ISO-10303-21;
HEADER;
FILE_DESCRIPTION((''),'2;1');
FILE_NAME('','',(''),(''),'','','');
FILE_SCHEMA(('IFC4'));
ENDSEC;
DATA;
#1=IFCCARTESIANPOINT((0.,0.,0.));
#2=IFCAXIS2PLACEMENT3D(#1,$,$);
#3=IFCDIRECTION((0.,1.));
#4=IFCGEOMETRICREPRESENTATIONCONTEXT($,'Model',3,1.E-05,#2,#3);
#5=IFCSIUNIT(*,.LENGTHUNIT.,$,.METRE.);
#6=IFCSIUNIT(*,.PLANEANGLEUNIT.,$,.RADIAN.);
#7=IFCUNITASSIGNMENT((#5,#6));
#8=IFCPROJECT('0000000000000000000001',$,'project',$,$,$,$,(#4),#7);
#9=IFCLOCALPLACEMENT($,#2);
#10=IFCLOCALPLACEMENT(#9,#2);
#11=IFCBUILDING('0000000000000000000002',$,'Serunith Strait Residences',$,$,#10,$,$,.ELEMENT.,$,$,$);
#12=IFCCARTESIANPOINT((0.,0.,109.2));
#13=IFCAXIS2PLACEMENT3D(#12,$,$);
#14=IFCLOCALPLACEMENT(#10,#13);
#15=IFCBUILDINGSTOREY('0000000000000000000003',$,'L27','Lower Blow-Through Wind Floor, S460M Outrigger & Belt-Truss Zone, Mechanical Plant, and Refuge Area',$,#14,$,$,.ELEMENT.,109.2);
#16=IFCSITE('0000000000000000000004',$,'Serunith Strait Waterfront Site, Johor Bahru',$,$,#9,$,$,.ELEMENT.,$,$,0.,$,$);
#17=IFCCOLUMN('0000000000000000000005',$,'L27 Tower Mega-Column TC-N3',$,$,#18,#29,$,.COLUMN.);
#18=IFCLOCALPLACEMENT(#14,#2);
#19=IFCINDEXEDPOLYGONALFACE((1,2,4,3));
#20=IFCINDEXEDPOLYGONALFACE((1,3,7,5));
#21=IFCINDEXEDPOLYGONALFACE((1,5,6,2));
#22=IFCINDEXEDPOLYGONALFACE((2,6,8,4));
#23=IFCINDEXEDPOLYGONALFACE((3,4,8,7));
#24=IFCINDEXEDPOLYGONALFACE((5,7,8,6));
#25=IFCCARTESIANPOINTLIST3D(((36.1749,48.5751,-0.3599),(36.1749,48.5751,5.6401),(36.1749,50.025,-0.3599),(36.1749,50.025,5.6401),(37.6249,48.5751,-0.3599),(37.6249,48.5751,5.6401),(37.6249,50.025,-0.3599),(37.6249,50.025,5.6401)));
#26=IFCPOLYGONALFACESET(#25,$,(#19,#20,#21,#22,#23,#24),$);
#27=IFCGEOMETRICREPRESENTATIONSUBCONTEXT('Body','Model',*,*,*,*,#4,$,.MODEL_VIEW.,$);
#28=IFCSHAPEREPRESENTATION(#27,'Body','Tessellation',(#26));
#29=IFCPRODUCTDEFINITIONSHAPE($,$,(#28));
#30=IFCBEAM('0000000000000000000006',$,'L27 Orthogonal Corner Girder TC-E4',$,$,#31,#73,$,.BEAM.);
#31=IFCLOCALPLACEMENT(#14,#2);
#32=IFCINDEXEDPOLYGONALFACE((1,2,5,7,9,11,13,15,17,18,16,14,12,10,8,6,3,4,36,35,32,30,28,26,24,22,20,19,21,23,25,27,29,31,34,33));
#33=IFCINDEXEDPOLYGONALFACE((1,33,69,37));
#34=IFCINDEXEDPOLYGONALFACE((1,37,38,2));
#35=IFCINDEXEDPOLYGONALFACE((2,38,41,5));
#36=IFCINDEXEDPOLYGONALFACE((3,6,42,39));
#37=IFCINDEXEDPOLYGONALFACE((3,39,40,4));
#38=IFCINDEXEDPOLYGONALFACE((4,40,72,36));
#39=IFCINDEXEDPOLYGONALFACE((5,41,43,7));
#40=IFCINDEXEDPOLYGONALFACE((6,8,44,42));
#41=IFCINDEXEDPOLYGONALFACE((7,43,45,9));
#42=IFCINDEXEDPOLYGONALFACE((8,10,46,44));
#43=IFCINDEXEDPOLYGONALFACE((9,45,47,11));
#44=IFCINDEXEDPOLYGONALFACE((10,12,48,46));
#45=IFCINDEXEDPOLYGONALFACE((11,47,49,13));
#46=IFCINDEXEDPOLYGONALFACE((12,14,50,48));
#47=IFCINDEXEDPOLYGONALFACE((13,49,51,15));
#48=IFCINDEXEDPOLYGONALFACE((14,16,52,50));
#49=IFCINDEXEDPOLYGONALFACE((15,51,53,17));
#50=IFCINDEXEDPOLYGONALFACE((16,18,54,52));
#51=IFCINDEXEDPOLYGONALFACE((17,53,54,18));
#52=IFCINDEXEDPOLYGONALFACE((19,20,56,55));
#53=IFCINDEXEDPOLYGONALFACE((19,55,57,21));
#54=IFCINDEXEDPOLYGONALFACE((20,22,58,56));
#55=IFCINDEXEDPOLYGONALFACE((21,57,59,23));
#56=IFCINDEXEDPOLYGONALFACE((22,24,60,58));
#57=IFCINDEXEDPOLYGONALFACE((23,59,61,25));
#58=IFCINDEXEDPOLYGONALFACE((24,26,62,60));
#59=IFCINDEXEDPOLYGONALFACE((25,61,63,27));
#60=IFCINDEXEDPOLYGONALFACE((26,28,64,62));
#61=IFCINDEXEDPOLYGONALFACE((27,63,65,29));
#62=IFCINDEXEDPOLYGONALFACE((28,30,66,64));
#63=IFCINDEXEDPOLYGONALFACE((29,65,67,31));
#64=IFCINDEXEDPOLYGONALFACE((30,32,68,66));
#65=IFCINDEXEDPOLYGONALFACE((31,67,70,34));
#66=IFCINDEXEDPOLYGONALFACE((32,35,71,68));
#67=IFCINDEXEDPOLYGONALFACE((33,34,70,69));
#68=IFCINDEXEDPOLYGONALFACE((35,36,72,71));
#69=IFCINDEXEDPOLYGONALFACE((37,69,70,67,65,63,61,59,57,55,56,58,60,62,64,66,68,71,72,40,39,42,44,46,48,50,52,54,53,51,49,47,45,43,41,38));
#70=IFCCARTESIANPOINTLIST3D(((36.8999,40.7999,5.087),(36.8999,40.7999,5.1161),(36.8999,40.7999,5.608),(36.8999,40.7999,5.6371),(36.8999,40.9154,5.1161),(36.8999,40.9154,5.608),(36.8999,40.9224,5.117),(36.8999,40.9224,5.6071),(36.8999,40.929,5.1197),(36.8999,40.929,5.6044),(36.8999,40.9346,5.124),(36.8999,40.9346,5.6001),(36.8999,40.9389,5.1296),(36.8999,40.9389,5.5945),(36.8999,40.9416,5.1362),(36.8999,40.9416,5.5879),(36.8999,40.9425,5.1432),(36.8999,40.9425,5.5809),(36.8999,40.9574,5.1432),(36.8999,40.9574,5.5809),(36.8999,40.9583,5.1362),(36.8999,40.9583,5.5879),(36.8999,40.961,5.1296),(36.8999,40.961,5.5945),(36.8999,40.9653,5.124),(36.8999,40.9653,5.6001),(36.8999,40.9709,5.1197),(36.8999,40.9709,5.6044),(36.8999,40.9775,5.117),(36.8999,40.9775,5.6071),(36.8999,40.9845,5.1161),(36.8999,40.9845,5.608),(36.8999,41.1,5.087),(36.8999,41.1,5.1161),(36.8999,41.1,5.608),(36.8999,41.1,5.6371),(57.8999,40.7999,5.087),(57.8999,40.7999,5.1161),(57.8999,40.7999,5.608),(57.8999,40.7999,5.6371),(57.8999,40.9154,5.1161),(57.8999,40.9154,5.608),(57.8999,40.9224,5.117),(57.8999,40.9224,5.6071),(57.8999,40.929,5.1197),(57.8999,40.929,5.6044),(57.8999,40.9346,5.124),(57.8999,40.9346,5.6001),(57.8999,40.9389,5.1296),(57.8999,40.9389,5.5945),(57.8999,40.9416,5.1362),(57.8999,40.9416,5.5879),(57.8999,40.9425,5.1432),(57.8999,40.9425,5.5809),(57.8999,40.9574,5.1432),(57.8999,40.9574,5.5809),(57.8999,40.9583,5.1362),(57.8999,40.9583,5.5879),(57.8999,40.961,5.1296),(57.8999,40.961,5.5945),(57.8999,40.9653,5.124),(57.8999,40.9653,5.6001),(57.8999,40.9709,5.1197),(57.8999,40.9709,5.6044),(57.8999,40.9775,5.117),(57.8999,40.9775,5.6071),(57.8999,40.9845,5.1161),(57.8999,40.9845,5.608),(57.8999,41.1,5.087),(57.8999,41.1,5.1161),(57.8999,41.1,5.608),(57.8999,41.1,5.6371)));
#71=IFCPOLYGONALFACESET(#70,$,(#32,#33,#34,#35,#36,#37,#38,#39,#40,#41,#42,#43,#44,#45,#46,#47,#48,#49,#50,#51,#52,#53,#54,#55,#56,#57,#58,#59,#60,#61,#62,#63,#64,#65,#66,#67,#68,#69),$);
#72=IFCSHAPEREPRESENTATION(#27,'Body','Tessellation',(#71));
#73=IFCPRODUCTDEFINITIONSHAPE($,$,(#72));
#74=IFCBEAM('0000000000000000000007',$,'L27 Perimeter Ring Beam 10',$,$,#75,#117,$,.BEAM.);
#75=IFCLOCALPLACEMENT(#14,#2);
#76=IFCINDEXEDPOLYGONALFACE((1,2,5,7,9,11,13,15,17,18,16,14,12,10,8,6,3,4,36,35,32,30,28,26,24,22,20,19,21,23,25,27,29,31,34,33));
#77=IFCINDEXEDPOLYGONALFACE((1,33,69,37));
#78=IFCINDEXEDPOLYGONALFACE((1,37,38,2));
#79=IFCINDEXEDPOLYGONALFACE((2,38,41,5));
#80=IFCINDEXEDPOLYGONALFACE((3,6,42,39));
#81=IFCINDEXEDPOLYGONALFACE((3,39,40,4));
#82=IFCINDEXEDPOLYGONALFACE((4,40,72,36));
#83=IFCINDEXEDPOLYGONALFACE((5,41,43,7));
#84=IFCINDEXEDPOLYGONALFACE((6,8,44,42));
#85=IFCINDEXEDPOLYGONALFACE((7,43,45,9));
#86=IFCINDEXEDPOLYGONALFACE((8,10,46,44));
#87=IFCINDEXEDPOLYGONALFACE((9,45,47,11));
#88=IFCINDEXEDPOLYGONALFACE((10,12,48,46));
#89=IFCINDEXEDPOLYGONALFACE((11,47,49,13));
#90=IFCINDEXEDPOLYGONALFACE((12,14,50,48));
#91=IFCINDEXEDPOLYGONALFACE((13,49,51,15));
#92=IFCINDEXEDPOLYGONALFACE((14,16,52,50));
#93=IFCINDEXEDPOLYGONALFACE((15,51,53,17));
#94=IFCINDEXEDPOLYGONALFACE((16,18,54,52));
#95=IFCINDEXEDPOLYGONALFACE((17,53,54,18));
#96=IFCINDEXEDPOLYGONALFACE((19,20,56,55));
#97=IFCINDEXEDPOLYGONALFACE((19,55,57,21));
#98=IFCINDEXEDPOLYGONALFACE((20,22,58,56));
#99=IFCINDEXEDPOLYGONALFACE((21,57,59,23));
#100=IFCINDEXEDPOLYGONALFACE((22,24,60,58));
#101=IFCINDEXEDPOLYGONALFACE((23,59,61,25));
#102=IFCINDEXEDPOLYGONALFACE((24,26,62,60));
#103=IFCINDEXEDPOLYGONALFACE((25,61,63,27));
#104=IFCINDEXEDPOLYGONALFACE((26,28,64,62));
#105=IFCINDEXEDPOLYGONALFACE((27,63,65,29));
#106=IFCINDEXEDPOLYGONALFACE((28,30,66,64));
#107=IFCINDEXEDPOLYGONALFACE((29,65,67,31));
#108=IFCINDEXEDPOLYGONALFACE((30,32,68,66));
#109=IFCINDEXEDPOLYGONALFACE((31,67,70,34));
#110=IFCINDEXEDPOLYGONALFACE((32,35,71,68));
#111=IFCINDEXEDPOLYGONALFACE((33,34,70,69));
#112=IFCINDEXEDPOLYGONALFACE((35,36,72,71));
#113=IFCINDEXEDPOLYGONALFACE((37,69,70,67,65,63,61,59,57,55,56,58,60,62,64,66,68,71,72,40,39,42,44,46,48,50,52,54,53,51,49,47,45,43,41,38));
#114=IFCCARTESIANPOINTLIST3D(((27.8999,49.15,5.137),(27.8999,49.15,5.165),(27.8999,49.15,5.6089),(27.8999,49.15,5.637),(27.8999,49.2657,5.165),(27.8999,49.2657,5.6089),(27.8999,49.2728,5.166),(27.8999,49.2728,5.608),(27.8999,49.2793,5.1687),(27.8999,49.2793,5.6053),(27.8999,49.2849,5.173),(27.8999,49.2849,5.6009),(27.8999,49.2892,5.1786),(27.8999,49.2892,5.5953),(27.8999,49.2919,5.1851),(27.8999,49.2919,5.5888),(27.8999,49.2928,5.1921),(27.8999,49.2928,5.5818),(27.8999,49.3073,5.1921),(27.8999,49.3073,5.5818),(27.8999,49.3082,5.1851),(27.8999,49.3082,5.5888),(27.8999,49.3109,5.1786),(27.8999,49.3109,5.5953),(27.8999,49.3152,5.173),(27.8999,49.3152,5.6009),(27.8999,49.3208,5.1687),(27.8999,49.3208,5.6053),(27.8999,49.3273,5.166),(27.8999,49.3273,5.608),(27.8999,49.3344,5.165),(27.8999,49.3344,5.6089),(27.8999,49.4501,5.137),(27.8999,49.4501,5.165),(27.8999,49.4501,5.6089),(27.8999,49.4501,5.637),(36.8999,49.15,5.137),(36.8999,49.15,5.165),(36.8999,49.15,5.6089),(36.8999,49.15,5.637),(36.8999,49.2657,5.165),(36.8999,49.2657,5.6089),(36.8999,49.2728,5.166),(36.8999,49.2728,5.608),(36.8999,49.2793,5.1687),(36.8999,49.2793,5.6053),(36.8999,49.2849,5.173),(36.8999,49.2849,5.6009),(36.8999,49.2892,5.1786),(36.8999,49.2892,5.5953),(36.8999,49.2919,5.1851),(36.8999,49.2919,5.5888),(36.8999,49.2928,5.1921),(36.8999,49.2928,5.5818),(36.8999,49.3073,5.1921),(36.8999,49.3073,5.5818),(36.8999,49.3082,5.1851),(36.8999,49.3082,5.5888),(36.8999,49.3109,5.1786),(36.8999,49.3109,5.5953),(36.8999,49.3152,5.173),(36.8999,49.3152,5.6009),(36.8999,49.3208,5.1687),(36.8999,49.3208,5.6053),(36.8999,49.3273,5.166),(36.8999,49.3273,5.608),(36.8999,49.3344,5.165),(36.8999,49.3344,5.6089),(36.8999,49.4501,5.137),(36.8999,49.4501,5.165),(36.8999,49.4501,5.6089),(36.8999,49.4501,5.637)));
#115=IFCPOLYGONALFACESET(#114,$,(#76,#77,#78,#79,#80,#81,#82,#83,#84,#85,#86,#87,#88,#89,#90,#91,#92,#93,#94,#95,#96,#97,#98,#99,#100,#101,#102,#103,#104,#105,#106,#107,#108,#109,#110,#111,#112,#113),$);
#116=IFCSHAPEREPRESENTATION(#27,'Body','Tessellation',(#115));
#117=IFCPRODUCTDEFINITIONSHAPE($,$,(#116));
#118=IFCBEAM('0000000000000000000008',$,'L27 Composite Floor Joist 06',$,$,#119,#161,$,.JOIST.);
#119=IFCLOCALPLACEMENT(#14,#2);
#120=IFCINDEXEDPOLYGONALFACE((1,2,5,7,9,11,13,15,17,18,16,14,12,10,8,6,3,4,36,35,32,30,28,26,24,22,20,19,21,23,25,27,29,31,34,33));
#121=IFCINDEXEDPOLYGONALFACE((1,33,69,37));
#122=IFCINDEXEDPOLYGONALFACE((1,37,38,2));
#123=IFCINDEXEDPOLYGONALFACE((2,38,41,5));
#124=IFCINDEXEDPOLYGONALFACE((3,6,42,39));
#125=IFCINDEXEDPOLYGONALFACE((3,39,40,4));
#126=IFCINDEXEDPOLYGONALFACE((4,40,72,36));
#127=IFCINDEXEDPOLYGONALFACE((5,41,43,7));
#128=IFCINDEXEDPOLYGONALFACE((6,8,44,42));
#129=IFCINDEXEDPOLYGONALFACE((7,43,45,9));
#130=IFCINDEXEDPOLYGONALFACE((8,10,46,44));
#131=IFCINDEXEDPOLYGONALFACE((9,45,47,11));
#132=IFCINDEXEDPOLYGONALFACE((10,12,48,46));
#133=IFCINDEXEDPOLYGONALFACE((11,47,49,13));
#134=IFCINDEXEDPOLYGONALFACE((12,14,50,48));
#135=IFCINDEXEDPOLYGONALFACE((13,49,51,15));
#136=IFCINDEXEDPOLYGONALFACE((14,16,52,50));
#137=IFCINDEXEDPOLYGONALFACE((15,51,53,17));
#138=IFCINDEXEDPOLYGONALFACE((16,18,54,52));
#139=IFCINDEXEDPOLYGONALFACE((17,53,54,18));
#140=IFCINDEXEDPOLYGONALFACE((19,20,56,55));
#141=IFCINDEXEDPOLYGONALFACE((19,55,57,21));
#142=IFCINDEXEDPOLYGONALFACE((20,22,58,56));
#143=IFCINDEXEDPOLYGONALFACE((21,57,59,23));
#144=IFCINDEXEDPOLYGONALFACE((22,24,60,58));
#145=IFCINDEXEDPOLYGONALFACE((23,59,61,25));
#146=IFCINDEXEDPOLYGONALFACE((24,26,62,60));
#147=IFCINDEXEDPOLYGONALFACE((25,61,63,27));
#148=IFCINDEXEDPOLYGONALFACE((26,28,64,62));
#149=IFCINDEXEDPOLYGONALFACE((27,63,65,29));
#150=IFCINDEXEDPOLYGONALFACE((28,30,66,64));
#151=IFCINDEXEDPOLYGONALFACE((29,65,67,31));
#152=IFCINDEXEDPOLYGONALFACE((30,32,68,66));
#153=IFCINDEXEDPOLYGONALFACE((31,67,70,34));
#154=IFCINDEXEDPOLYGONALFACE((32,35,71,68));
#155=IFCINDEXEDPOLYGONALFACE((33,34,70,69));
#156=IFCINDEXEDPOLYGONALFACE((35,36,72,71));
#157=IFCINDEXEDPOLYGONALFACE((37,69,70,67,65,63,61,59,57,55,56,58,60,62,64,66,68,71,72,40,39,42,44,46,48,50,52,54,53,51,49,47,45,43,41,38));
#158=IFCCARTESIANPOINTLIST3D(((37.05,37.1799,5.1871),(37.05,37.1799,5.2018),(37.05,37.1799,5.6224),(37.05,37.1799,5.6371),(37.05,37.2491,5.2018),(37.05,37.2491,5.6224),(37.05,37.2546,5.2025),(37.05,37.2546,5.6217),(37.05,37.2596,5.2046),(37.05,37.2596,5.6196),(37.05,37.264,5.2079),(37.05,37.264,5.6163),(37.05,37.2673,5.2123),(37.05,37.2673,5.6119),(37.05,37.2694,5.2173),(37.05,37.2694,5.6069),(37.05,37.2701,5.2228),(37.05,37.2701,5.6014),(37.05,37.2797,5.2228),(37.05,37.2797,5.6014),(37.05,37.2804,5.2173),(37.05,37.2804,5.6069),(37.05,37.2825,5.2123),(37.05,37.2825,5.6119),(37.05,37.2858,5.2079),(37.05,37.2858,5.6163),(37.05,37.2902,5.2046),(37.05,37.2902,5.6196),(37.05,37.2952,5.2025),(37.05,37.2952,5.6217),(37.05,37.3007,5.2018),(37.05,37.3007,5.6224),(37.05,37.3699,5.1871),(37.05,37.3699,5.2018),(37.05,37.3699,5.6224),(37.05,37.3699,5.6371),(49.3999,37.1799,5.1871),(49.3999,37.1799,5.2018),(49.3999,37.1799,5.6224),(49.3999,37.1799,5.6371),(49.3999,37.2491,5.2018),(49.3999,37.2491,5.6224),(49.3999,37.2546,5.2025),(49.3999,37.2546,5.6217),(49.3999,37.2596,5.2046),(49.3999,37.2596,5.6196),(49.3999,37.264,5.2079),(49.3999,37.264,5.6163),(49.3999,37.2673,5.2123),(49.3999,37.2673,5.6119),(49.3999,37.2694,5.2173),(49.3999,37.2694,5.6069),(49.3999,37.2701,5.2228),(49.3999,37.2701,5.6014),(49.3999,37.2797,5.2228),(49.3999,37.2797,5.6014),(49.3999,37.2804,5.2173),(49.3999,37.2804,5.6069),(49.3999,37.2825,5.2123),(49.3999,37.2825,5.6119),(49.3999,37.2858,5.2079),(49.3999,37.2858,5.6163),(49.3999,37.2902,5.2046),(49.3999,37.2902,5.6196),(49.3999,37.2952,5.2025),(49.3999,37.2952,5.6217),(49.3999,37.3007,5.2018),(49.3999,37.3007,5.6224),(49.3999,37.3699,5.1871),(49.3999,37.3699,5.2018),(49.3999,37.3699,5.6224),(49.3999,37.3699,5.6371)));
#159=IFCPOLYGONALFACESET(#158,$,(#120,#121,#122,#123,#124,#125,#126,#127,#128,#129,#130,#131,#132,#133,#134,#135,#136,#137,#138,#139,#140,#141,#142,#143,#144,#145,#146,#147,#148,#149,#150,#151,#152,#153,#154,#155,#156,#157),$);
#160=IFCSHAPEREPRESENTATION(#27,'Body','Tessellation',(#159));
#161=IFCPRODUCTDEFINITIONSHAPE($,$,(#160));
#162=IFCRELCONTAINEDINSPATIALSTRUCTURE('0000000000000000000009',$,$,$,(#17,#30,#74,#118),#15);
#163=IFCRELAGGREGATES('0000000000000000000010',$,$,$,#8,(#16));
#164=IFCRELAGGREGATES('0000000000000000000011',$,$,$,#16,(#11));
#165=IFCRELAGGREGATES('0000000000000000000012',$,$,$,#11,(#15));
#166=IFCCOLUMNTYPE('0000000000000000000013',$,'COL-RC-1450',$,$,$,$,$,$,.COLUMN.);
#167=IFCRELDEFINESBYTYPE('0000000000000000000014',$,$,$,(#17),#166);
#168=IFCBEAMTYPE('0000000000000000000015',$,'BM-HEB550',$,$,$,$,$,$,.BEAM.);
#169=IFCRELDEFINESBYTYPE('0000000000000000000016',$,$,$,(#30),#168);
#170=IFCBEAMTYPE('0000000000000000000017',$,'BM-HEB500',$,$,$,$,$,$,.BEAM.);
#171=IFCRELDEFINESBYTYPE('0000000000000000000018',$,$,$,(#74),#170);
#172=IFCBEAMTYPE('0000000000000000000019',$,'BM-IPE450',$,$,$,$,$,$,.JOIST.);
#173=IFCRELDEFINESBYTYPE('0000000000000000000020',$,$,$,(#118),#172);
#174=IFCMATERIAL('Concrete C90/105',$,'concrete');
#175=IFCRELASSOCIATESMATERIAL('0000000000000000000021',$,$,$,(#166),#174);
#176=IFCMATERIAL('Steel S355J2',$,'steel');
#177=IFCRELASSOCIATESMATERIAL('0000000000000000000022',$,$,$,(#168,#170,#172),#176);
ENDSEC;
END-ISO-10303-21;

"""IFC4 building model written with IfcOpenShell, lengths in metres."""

from ifc_helpers import new_model, si_unit, direction, frame, origin, origin_2d, place, context, subcontext, project, spatial, rectangle, i_section, extrude, source, transform, mapped, material, material_profile, profile_set, type_object, element, save


model = new_model("IFC4")

# Units and contexts
model_context = context("Model", 3, precision=1e-05, world=origin(), true_north=direction((0.0, 1.0)))
body_context = subcontext(model_context, "Body", "Model", "MODEL_VIEW")
ifc_project = project(units=[si_unit("LENGTHUNIT", "METRE"), si_unit("PLANEANGLEUNIT", "RADIAN")], contexts=[model_context])

# Site, building, storey
site_placement = place(None, origin())
site = spatial("IfcSite", under=ifc_project, at=site_placement, Name="Serunith Strait Waterfront Site, Johor Bahru", CompositionType="ELEMENT", RefElevation=0.0)
building_placement = place(site_placement, origin())
building = spatial("IfcBuilding", under=site, at=building_placement, Name="Serunith Strait Residences", CompositionType="ELEMENT")
storey_placement = place(building_placement, frame((0.0, 0.0, 109.2)))
storey = spatial("IfcBuildingStorey", under=building, at=storey_placement, Name="L27", Description="Lower Blow-Through Wind Floor, S460M Outrigger & Belt-Truss Zone, Mechanical Plant, and Refuge Area", CompositionType="ELEMENT", Elevation=109.2)

# Column
ifc_material_1 = material(Name="Concrete C90/105", Category="concrete")
ifc_material_profile_1 = material_profile(ifc_material_1, rectangle(XDim=1.45, YDim=1.45, at=origin_2d()), Name="RC 1450x1450")
ifc_profile_set_1 = profile_set([ifc_material_profile_1], Name="Concrete C90/105")
column_type = type_object("IfcColumnType", Name="COL-RC-1450", PredefinedType="COLUMN", material=ifc_profile_set_1)
shared_shape_1 = source(origin(), body_context, "Body", "SweptSolid", [
    extrude(rectangle(XDim=1.45, YDim=1.45, at=origin_2d()), origin(), (0.0, 0.0, 1.0), 6.0),
])
column_placement = place(storey_placement, frame((36.8999, 49.3, -0.3599), z_axis=(0.0, 0.0, 1.0), x_axis=(1.0, 0.0, 0.0)))
element("IfcColumn", 1, at=column_placement, inside=storey, type_object=column_type, Name="L27 Tower Mega-Column TC-N3", PredefinedType="COLUMN", context=body_context, shape_type="MappedRepresentation", body=[
    mapped(shared_shape_1, transform((0.0, 0.0, 0.0), scale=1.0)),
])

# Beams
ifc_material_2 = material(Name="Steel S355J2", Category="steel")
ifc_material_profile_2 = material_profile(ifc_material_2, i_section(OverallWidth=0.3, OverallDepth=0.55, WebThickness=0.0149, FlangeThickness=0.0291, FilletRadius=0.0271, at=origin_2d()), Name="HEB 550")
ifc_profile_set_2 = profile_set([ifc_material_profile_2], Name="Steel S355J2")
beam_type_1 = type_object("IfcBeamType", Name="BM-HEB550", PredefinedType="BEAM", material=ifc_profile_set_2)
shared_shape_2 = source(origin(), body_context, "Body", "SweptSolid", [
    extrude(i_section(OverallWidth=0.3, OverallDepth=0.55, WebThickness=0.0149, FlangeThickness=0.0291, FilletRadius=0.0271, at=origin_2d()), origin(), (0.0, 0.0, 1.0), 21.0),
])
beam_1_placement = place(storey_placement, frame((36.8999, 40.95, 5.3621), z_axis=(1.0, 0.0, 0.0), x_axis=(0.0, 1.0, 0.0)))
element("IfcBeam", 2, at=beam_1_placement, inside=storey, type_object=beam_type_1, Name="L27 Orthogonal Corner Girder TC-E4", PredefinedType="BEAM", context=body_context, shape_type="MappedRepresentation", body=[
    mapped(shared_shape_2, transform((0.0, 0.0, 0.0), scale=1.0)),
])
ifc_material_profile_3 = material_profile(ifc_material_2, i_section(OverallWidth=0.3, OverallDepth=0.5, WebThickness=0.0144, FlangeThickness=0.0281, FilletRadius=0.0271, at=origin_2d()), Name="HEB 500")
ifc_profile_set_3 = profile_set([ifc_material_profile_3], Name="Steel S355J2")
beam_type_2 = type_object("IfcBeamType", Name="BM-HEB500", PredefinedType="BEAM", material=ifc_profile_set_3)
shared_shape_3 = source(origin(), body_context, "Body", "SweptSolid", [
    extrude(i_section(OverallWidth=0.3, OverallDepth=0.5, WebThickness=0.0144, FlangeThickness=0.0281, FilletRadius=0.0271, at=origin_2d()), origin(), (0.0, 0.0, 1.0), 9.0),
])
beam_2_placement = place(storey_placement, frame((36.8999, 49.3, 5.387), z_axis=(-1.0, 0.0, 0.0), x_axis=(0.0, -1.0, 0.0)))
element("IfcBeam", 3, at=beam_2_placement, inside=storey, type_object=beam_type_2, Name="L27 Perimeter Ring Beam 10", PredefinedType="BEAM", context=body_context, shape_type="MappedRepresentation", body=[
    mapped(shared_shape_3, transform((0.0, 0.0, 0.0), scale=1.0)),
])
ifc_material_profile_4 = material_profile(ifc_material_2, i_section(OverallWidth=0.1899, OverallDepth=0.45, WebThickness=0.0095, FlangeThickness=0.0146, FilletRadius=0.021, at=origin_2d()), Name="IPE 450")
ifc_profile_set_4 = profile_set([ifc_material_profile_4], Name="Steel S355J2")
beam_type_3 = type_object("IfcBeamType", Name="BM-IPE450", PredefinedType="JOIST", material=ifc_profile_set_4)
shared_shape_4 = source(origin(), body_context, "Body", "SweptSolid", [
    extrude(i_section(OverallWidth=0.1899, OverallDepth=0.45, WebThickness=0.0095, FlangeThickness=0.0146, FilletRadius=0.021, at=origin_2d()), origin(), (0.0, 0.0, 1.0), 12.3499),
])
beam_3_placement = place(storey_placement, frame((37.05, 37.2749, 5.4121), z_axis=(1.0, 0.0, 0.0), x_axis=(0.0, 1.0, 0.0)))
element("IfcBeam", 4, at=beam_3_placement, inside=storey, type_object=beam_type_3, Name="L27 Composite Floor Joist 06", PredefinedType="JOIST", context=body_context, shape_type="MappedRepresentation", body=[
    mapped(shared_shape_4, transform((0.0, 0.0, 0.0), scale=1.0)),
])

save(model, "model.ifc")
